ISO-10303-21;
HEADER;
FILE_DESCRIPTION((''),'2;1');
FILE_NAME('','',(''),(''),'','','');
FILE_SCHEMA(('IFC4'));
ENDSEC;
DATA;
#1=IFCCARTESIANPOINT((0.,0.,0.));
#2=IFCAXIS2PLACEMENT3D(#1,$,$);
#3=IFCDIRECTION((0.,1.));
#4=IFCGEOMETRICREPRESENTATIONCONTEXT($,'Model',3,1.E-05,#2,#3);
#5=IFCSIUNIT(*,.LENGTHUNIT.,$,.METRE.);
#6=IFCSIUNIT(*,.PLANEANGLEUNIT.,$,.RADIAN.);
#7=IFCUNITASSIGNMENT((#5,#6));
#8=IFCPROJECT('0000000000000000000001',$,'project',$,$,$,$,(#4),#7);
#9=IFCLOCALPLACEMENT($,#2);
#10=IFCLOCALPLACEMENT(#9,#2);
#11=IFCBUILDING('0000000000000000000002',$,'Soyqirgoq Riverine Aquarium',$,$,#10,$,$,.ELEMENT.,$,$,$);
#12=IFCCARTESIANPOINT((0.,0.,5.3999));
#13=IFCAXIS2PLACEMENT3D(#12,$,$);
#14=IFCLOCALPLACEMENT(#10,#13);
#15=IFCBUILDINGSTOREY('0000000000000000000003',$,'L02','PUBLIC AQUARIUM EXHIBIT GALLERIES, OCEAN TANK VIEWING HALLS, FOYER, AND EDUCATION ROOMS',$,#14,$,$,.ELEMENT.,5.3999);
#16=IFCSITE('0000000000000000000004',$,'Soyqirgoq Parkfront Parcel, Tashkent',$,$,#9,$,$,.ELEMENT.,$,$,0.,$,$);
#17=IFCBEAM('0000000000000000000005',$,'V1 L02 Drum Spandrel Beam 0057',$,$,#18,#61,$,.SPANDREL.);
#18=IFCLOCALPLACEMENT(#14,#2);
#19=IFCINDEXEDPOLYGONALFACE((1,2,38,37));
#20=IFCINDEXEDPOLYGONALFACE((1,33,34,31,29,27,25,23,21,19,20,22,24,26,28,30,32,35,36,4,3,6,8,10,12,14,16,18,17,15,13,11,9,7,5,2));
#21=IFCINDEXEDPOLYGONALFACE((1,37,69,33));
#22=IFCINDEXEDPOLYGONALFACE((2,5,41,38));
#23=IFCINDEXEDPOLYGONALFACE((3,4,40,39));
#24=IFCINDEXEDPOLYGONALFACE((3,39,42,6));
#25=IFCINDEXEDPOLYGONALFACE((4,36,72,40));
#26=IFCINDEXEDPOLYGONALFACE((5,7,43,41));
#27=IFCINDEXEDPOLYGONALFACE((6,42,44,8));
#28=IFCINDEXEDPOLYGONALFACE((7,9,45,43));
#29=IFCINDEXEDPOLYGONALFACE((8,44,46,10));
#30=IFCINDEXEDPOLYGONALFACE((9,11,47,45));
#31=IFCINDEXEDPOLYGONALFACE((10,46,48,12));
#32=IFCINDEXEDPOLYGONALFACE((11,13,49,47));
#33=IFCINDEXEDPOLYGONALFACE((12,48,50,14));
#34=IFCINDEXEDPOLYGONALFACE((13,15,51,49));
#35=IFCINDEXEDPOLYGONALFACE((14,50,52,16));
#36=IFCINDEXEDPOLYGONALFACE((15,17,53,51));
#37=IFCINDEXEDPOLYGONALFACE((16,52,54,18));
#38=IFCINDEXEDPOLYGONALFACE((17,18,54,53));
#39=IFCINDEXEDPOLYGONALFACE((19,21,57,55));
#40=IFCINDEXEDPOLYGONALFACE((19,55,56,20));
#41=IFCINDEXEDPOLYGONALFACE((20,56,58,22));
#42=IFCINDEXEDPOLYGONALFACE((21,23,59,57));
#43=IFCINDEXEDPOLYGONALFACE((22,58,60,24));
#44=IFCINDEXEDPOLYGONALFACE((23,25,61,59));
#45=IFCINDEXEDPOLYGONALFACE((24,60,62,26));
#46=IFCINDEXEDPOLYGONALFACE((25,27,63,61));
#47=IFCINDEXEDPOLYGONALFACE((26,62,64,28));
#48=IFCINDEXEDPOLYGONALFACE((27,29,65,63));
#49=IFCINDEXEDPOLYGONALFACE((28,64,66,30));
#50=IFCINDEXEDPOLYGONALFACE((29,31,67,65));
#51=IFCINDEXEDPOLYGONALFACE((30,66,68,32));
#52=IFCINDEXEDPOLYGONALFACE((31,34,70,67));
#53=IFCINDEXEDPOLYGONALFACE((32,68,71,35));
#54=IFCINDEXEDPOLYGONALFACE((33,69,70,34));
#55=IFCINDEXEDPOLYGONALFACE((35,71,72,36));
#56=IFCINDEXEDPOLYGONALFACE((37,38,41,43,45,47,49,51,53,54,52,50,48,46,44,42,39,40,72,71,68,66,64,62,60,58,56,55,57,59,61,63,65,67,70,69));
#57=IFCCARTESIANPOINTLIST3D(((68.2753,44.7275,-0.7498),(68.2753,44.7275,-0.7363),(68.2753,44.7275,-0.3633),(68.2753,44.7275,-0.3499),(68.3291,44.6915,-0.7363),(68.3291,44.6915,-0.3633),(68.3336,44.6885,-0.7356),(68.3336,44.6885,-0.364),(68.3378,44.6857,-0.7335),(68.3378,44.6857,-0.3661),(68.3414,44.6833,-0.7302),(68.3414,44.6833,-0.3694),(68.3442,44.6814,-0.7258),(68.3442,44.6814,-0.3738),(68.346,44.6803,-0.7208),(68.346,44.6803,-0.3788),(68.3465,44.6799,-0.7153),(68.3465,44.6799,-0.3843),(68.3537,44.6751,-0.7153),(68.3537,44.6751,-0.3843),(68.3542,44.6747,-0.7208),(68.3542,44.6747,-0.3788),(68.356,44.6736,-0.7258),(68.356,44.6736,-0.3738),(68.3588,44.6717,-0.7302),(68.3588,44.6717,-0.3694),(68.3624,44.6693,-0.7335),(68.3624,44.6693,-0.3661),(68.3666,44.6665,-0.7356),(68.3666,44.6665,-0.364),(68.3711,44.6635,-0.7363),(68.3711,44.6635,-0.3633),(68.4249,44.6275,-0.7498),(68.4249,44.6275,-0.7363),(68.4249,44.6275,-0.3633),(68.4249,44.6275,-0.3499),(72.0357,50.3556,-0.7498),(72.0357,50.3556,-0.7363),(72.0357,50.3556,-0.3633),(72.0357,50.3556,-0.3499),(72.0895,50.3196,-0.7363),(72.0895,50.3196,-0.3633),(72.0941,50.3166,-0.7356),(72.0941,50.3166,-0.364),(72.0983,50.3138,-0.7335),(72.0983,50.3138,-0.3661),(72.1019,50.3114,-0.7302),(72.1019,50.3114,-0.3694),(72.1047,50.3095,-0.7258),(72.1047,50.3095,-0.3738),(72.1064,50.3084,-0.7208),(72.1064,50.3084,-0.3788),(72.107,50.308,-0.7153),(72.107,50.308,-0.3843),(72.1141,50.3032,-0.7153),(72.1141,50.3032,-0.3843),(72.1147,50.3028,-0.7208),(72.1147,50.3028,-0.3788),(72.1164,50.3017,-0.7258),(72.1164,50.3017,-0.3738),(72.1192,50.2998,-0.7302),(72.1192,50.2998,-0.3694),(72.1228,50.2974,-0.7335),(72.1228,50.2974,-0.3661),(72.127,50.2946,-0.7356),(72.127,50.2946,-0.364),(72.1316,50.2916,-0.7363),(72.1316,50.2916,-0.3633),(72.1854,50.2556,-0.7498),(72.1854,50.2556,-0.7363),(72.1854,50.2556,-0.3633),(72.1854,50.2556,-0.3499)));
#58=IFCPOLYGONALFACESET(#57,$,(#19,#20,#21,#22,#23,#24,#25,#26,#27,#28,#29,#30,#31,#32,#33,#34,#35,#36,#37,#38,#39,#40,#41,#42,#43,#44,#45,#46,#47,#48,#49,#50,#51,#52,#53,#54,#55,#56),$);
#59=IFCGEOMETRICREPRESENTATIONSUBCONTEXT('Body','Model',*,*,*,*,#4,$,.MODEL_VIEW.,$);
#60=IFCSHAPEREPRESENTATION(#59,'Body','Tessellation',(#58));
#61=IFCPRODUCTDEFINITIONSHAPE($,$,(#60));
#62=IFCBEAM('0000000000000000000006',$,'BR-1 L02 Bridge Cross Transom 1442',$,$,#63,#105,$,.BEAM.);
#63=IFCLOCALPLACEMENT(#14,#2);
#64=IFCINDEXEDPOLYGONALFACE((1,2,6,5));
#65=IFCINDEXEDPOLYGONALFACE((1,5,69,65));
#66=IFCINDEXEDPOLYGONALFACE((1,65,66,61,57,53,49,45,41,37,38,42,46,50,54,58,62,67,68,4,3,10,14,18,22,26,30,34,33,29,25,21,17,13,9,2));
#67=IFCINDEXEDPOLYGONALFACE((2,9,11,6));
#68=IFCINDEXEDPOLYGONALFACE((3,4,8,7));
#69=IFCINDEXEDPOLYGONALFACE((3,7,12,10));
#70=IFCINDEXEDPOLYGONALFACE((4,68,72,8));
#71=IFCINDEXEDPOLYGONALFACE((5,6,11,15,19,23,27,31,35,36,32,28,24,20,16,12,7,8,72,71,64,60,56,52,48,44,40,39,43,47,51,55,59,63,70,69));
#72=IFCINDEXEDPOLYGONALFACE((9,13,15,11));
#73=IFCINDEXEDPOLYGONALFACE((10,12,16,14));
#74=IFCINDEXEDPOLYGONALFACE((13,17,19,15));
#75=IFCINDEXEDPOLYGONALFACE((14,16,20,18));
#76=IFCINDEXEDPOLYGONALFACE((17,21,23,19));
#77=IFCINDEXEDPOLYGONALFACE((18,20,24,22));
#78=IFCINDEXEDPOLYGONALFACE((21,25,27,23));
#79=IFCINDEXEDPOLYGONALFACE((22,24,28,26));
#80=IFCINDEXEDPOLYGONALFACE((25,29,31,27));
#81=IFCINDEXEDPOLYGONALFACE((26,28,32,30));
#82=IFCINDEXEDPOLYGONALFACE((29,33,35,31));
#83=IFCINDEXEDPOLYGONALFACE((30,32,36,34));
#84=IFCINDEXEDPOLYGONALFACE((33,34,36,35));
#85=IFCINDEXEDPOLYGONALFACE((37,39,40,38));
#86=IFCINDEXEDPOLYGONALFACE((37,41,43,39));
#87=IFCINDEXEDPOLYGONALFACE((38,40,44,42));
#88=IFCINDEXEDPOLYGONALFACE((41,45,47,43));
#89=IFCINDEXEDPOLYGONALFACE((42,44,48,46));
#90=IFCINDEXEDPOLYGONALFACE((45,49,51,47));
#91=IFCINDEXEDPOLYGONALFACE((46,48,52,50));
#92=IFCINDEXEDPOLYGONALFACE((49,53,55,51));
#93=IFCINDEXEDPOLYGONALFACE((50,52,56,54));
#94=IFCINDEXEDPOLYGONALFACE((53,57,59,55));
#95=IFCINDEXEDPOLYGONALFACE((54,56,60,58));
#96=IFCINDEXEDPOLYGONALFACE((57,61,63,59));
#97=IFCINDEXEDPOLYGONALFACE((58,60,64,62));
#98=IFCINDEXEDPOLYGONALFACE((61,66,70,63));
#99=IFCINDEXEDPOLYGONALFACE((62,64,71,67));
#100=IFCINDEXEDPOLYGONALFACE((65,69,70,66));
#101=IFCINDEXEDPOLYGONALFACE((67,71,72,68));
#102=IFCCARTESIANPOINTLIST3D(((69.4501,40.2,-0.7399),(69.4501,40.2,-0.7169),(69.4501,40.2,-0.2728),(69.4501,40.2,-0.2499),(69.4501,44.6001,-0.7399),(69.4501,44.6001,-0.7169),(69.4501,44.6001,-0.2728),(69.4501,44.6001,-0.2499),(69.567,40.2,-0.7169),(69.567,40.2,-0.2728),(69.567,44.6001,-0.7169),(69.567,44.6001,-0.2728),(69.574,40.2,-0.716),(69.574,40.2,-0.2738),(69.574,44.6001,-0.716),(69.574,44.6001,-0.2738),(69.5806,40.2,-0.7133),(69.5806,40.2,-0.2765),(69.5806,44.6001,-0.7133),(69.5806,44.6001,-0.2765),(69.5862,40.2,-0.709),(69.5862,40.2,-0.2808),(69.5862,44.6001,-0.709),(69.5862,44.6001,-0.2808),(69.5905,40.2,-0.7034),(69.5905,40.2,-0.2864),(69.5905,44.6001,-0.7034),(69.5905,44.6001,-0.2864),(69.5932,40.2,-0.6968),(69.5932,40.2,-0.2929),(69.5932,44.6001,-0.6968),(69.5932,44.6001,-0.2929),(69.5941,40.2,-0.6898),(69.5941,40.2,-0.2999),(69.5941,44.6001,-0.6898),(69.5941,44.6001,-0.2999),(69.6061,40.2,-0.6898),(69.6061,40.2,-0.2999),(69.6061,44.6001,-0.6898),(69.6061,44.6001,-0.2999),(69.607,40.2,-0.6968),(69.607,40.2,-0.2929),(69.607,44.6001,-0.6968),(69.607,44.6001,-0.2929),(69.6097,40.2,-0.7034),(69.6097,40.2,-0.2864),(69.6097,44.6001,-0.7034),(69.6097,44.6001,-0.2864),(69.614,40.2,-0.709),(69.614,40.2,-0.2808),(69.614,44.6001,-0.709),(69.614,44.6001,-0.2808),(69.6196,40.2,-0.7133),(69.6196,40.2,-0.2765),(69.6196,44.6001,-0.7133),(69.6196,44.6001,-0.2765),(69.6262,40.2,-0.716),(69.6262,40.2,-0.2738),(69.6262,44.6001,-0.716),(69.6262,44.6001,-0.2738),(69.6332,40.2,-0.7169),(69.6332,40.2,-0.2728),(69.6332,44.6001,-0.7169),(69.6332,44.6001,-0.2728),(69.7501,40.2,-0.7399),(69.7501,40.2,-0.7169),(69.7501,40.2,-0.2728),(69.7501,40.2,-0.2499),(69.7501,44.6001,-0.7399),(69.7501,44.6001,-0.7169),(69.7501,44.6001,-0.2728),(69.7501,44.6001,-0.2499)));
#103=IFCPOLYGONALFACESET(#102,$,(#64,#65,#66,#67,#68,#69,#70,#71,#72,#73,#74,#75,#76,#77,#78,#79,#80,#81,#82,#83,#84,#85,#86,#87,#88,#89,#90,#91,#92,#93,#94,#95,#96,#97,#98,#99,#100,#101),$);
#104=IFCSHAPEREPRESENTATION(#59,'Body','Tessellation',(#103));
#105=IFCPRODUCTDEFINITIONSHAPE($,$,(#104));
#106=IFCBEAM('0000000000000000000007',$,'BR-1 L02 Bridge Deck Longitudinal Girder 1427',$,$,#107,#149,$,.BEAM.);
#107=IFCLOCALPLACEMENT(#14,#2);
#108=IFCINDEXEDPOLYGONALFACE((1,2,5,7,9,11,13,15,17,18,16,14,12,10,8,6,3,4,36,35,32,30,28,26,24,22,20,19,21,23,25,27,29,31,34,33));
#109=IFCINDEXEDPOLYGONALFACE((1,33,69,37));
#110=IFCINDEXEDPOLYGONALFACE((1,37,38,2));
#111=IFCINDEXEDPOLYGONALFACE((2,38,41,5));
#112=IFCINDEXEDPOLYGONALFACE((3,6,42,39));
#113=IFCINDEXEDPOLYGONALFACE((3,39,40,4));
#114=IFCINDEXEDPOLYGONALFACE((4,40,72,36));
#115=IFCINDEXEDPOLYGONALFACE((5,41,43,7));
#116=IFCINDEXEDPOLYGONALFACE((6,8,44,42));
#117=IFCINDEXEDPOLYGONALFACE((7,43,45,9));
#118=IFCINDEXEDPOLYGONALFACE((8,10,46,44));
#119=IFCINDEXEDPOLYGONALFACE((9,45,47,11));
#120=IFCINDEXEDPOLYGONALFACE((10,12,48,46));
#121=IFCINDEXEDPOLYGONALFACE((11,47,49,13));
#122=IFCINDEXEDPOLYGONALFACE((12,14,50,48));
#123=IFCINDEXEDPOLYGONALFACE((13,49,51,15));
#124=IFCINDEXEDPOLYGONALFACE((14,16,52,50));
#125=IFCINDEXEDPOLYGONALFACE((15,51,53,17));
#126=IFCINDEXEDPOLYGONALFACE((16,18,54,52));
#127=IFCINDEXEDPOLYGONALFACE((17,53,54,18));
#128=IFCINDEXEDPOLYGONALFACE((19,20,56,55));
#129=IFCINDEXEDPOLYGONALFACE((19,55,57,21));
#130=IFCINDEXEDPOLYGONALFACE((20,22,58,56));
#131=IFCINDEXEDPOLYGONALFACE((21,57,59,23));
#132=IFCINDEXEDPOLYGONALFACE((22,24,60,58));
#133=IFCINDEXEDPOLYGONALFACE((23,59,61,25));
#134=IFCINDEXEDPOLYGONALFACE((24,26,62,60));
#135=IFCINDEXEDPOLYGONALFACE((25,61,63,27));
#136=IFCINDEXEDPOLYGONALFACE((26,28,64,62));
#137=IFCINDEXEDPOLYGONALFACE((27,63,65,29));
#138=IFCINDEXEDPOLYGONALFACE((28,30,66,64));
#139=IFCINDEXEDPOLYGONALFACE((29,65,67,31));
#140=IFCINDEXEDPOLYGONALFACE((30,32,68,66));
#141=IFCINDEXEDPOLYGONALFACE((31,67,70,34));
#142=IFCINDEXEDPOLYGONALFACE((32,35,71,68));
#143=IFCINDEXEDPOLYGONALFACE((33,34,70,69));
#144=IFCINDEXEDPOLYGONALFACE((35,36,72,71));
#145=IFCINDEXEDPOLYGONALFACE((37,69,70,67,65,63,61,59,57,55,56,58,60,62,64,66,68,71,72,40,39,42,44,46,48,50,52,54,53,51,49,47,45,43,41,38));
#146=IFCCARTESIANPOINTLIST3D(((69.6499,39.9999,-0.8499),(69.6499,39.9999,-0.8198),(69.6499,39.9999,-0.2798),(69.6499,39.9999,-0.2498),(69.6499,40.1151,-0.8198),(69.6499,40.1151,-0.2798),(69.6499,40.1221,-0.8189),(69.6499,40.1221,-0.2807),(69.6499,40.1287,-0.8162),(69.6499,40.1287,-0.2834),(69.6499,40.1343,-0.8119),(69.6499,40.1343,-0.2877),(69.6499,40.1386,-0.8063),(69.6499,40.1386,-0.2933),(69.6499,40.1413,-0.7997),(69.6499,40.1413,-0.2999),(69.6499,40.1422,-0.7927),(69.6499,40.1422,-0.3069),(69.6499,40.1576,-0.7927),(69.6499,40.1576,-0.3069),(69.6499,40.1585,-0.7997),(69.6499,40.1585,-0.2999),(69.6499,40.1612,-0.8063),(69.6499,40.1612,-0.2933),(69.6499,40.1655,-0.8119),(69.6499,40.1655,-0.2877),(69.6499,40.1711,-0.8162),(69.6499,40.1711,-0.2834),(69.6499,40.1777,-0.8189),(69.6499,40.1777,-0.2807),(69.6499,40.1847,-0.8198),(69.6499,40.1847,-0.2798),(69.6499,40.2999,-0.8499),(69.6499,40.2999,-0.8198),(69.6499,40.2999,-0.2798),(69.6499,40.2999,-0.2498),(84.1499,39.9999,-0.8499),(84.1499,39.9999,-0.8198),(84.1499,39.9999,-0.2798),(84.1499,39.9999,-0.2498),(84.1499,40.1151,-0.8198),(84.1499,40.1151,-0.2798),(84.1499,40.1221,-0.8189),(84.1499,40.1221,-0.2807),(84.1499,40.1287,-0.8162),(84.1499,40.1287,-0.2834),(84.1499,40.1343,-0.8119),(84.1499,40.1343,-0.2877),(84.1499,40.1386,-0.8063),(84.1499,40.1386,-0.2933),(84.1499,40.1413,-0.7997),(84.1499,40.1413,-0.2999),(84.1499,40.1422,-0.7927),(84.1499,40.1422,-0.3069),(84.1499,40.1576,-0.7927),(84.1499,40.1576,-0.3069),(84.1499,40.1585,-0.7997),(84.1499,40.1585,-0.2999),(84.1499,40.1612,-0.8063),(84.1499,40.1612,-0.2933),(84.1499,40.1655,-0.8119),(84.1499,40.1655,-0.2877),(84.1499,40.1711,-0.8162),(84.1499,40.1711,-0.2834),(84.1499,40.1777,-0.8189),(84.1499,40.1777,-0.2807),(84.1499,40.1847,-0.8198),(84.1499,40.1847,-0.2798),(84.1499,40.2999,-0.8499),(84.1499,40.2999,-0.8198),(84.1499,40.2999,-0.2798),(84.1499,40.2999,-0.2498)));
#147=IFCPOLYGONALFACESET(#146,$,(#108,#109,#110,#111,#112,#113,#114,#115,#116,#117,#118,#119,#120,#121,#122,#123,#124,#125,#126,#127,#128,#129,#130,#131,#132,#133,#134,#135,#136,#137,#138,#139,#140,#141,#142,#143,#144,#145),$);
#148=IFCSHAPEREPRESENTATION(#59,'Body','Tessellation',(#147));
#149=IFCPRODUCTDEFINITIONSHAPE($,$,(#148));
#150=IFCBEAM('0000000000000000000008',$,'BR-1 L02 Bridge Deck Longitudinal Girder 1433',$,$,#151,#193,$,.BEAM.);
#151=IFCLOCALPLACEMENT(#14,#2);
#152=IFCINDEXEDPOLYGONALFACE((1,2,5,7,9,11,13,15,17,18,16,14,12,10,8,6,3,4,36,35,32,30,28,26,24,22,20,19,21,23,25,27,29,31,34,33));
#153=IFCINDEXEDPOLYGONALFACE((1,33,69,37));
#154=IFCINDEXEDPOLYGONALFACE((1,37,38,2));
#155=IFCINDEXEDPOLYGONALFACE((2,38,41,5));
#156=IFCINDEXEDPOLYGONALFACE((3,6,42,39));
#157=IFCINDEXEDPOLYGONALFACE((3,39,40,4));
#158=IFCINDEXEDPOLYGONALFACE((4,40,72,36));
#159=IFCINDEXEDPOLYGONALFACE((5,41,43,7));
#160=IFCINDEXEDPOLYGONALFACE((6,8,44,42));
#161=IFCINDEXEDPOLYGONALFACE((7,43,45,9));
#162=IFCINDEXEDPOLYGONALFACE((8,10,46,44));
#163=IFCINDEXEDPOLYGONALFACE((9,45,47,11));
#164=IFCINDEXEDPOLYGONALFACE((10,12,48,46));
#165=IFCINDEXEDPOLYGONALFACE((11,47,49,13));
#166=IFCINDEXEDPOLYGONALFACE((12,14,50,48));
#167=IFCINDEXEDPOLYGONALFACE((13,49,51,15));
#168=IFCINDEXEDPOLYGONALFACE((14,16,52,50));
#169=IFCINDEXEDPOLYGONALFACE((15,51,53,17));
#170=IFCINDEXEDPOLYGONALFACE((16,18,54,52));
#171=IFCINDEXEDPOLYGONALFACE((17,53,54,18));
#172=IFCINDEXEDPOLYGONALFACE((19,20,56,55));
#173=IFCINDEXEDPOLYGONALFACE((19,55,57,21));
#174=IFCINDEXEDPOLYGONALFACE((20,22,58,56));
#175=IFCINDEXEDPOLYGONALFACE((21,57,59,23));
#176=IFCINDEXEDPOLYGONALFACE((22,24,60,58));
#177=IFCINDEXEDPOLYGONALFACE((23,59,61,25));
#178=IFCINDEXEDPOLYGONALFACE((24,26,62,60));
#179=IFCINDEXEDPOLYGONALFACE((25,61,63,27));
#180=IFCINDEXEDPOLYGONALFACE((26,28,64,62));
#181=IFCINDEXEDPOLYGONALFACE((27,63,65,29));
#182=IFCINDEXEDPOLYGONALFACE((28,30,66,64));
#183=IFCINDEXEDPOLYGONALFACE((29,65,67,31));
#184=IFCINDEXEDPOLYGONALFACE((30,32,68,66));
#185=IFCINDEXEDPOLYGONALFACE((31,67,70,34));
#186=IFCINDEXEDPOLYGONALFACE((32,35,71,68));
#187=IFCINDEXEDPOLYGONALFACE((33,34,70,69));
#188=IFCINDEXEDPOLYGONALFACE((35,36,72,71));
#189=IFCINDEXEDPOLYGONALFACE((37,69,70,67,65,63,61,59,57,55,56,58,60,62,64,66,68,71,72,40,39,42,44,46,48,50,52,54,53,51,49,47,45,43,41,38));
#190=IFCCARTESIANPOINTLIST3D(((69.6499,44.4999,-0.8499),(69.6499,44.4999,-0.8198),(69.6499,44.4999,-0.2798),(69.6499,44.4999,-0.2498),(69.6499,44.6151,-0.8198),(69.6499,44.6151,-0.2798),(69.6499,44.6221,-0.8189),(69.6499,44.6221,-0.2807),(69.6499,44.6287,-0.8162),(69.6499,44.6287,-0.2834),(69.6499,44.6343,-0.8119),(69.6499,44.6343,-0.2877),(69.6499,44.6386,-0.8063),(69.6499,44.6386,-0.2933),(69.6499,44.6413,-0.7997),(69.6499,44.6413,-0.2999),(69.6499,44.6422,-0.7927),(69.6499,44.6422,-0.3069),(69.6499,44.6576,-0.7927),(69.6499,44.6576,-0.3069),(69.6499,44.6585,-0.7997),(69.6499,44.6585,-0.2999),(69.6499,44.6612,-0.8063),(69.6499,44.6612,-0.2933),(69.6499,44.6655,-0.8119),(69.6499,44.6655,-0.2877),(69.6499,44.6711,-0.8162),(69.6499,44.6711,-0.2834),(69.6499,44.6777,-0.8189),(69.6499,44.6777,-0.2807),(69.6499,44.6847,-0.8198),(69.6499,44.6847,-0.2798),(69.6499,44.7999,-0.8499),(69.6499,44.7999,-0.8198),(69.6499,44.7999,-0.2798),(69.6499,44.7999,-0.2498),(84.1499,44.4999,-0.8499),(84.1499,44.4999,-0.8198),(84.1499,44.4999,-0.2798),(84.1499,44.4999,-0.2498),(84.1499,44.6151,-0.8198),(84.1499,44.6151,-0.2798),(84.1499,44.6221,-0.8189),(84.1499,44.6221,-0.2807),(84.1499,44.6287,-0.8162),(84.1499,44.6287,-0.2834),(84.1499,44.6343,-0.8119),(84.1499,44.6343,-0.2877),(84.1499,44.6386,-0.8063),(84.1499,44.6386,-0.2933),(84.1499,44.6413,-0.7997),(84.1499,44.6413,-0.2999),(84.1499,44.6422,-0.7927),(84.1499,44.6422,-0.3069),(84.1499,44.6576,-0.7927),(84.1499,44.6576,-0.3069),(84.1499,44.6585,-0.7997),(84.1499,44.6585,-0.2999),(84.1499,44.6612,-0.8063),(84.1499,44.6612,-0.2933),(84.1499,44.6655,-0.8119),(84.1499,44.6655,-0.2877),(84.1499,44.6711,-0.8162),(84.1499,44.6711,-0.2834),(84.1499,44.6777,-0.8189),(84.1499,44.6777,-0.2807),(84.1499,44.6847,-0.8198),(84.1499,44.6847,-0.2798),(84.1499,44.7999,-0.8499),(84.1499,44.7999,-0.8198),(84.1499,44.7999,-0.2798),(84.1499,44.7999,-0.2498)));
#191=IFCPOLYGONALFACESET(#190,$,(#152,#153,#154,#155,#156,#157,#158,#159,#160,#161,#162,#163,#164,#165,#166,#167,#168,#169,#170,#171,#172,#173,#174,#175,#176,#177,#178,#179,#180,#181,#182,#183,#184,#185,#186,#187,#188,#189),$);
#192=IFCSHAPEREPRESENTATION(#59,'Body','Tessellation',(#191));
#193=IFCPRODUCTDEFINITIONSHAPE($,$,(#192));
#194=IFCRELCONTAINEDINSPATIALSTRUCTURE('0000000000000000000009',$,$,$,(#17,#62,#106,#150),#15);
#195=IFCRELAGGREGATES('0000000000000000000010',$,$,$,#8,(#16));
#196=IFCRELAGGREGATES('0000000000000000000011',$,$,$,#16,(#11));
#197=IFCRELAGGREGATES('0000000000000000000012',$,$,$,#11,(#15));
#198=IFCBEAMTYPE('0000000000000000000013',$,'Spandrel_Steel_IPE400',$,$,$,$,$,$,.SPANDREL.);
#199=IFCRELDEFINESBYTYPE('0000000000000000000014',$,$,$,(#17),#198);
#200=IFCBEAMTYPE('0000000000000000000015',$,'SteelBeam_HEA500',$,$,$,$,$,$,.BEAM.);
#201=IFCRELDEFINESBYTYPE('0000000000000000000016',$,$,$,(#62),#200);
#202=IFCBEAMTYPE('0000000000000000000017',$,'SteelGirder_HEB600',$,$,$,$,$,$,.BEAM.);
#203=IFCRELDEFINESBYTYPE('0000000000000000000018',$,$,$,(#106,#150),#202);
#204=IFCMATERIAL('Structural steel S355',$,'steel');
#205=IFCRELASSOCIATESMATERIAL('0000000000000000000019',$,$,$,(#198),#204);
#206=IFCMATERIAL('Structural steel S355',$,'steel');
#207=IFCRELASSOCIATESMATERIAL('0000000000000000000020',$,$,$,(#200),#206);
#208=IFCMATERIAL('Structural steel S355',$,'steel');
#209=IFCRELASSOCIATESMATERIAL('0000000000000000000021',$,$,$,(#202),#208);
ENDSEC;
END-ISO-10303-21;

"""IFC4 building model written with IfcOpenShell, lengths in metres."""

from ifc_helpers import new_model, si_unit, direction, frame, origin, origin_2d, place, context, subcontext, project, spatial, i_section, extrude, material, material_profile, profile_set, type_object, element, save


model = new_model("IFC4")

# Units and contexts
model_context = context("Model", 3, precision=1e-05, world=origin(), true_north=direction((0.0, 1.0)))
body_context = subcontext(model_context, "Body", "Model", "MODEL_VIEW")
ifc_project = project(units=[si_unit("LENGTHUNIT", "METRE"), si_unit("PLANEANGLEUNIT", "RADIAN")], contexts=[model_context])

# Site, building, storey
site_placement = place(None, origin())
site = spatial("IfcSite", under=ifc_project, at=site_placement, Name="Soyqirgoq Parkfront Parcel, Tashkent", CompositionType="ELEMENT", RefElevation=0.0)
building_placement = place(site_placement, origin())
building = spatial("IfcBuilding", under=site, at=building_placement, Name="Soyqirgoq Riverine Aquarium", CompositionType="ELEMENT")
storey_placement = place(building_placement, frame((0.0, 0.0, 5.3999)))
storey = spatial("IfcBuildingStorey", under=building, at=storey_placement, Name="L02", Description="PUBLIC AQUARIUM EXHIBIT GALLERIES, OCEAN TANK VIEWING HALLS, FOYER, AND EDUCATION ROOMS", CompositionType="ELEMENT", Elevation=5.3999)

# Beams
ifc_material_1 = material(Name="Structural steel S355", Category="steel")
ifc_material_profile_1 = material_profile(ifc_material_1, i_section(OverallWidth=0.1799, OverallDepth=0.3999, WebThickness=0.0085, FlangeThickness=0.0134, FilletRadius=0.021, at=origin_2d()), Name="IPE 400")
ifc_profile_set_1 = profile_set([ifc_material_profile_1], Name="Structural steel S355")
beam_type_1 = type_object("IfcBeamType", Name="Spandrel_Steel_IPE400", PredefinedType="SPANDREL", material=ifc_profile_set_1)
beam_1_placement = place(storey_placement, frame((68.3501, 44.6775, -0.5498), z_axis=(0.555557, 0.831478, 0.0), x_axis=(-0.831478, 0.555557, 0.0)))
element("IfcBeam", 1, at=beam_1_placement, inside=storey, type_object=beam_type_1, Name="V1 L02 Drum Spandrel Beam 0057", PredefinedType="SPANDREL", context=body_context, shape_type="SweptSolid", body=[
    extrude(i_section(OverallWidth=0.1799, OverallDepth=0.3999, WebThickness=0.0085, FlangeThickness=0.0134, FilletRadius=0.021, at=origin_2d()), origin(), (0.0, 0.0, 1.0), 6.7688),
])
ifc_material_2 = material(Name="Structural steel S355", Category="steel")
ifc_material_profile_2 = material_profile(ifc_material_2, i_section(OverallWidth=0.3, OverallDepth=0.49, WebThickness=0.012, FlangeThickness=0.0229, FilletRadius=0.0271, at=origin_2d()), Name="HEA 500")
ifc_profile_set_2 = profile_set([ifc_material_profile_2], Name="Structural steel S355")
beam_type_2 = type_object("IfcBeamType", Name="SteelBeam_HEA500", PredefinedType="BEAM", material=ifc_profile_set_2)
beam_2_placement = place(storey_placement, frame((69.6001, 40.2, -0.4949), z_axis=(0.0, 1.0, 0.0), x_axis=(-1.0, 0.0, 0.0)))
element("IfcBeam", 2, at=beam_2_placement, inside=storey, type_object=beam_type_2, Name="BR-1 L02 Bridge Cross Transom 1442", PredefinedType="BEAM", context=body_context, shape_type="SweptSolid", body=[
    extrude(i_section(OverallWidth=0.3, OverallDepth=0.49, WebThickness=0.012, FlangeThickness=0.0229, FilletRadius=0.0271, at=origin_2d()), origin(), (0.0, 0.0, 1.0), 4.4001),
])
ifc_material_3 = material(Name="Structural steel S355", Category="steel")
ifc_material_profile_3 = material_profile(ifc_material_3, i_section(OverallWidth=0.3, OverallDepth=0.6001, WebThickness=0.0154, FlangeThickness=0.03, FilletRadius=0.0271, at=origin_2d()), Name="HEB 600")
ifc_profile_set_3 = profile_set([ifc_material_profile_3], Name="Structural steel S355")
beam_type_3 = type_object("IfcBeamType", Name="SteelGirder_HEB600", PredefinedType="BEAM", material=ifc_profile_set_3)
for number, where, z_axis, x_axis, name in (
    (3, (69.6499, 40.1499, -0.5498), (1.0, 0.0, 0.0), (0.0, 1.0, 0.0), "BR-1 L02 Bridge Deck Longitudinal Girder 1427"),
    (4, (69.6499, 44.6499, -0.5498), (1.0, 0.0, 0.0), (0.0, 1.0, 0.0), "BR-1 L02 Bridge Deck Longitudinal Girder 1433"),
):
    element("IfcBeam", number, at=place(storey_placement, frame(where, z_axis=z_axis, x_axis=x_axis)), inside=storey, type_object=beam_type_3, Name=name, PredefinedType="BEAM", context=body_context, shape_type="SweptSolid", body=[
        extrude(i_section(OverallWidth=0.3, OverallDepth=0.6001, WebThickness=0.0154, FlangeThickness=0.03, FilletRadius=0.0271, at=origin_2d()), origin(), (0.0, 0.0, 1.0), 14.5),
    ])

save(model, "model.ifc")
